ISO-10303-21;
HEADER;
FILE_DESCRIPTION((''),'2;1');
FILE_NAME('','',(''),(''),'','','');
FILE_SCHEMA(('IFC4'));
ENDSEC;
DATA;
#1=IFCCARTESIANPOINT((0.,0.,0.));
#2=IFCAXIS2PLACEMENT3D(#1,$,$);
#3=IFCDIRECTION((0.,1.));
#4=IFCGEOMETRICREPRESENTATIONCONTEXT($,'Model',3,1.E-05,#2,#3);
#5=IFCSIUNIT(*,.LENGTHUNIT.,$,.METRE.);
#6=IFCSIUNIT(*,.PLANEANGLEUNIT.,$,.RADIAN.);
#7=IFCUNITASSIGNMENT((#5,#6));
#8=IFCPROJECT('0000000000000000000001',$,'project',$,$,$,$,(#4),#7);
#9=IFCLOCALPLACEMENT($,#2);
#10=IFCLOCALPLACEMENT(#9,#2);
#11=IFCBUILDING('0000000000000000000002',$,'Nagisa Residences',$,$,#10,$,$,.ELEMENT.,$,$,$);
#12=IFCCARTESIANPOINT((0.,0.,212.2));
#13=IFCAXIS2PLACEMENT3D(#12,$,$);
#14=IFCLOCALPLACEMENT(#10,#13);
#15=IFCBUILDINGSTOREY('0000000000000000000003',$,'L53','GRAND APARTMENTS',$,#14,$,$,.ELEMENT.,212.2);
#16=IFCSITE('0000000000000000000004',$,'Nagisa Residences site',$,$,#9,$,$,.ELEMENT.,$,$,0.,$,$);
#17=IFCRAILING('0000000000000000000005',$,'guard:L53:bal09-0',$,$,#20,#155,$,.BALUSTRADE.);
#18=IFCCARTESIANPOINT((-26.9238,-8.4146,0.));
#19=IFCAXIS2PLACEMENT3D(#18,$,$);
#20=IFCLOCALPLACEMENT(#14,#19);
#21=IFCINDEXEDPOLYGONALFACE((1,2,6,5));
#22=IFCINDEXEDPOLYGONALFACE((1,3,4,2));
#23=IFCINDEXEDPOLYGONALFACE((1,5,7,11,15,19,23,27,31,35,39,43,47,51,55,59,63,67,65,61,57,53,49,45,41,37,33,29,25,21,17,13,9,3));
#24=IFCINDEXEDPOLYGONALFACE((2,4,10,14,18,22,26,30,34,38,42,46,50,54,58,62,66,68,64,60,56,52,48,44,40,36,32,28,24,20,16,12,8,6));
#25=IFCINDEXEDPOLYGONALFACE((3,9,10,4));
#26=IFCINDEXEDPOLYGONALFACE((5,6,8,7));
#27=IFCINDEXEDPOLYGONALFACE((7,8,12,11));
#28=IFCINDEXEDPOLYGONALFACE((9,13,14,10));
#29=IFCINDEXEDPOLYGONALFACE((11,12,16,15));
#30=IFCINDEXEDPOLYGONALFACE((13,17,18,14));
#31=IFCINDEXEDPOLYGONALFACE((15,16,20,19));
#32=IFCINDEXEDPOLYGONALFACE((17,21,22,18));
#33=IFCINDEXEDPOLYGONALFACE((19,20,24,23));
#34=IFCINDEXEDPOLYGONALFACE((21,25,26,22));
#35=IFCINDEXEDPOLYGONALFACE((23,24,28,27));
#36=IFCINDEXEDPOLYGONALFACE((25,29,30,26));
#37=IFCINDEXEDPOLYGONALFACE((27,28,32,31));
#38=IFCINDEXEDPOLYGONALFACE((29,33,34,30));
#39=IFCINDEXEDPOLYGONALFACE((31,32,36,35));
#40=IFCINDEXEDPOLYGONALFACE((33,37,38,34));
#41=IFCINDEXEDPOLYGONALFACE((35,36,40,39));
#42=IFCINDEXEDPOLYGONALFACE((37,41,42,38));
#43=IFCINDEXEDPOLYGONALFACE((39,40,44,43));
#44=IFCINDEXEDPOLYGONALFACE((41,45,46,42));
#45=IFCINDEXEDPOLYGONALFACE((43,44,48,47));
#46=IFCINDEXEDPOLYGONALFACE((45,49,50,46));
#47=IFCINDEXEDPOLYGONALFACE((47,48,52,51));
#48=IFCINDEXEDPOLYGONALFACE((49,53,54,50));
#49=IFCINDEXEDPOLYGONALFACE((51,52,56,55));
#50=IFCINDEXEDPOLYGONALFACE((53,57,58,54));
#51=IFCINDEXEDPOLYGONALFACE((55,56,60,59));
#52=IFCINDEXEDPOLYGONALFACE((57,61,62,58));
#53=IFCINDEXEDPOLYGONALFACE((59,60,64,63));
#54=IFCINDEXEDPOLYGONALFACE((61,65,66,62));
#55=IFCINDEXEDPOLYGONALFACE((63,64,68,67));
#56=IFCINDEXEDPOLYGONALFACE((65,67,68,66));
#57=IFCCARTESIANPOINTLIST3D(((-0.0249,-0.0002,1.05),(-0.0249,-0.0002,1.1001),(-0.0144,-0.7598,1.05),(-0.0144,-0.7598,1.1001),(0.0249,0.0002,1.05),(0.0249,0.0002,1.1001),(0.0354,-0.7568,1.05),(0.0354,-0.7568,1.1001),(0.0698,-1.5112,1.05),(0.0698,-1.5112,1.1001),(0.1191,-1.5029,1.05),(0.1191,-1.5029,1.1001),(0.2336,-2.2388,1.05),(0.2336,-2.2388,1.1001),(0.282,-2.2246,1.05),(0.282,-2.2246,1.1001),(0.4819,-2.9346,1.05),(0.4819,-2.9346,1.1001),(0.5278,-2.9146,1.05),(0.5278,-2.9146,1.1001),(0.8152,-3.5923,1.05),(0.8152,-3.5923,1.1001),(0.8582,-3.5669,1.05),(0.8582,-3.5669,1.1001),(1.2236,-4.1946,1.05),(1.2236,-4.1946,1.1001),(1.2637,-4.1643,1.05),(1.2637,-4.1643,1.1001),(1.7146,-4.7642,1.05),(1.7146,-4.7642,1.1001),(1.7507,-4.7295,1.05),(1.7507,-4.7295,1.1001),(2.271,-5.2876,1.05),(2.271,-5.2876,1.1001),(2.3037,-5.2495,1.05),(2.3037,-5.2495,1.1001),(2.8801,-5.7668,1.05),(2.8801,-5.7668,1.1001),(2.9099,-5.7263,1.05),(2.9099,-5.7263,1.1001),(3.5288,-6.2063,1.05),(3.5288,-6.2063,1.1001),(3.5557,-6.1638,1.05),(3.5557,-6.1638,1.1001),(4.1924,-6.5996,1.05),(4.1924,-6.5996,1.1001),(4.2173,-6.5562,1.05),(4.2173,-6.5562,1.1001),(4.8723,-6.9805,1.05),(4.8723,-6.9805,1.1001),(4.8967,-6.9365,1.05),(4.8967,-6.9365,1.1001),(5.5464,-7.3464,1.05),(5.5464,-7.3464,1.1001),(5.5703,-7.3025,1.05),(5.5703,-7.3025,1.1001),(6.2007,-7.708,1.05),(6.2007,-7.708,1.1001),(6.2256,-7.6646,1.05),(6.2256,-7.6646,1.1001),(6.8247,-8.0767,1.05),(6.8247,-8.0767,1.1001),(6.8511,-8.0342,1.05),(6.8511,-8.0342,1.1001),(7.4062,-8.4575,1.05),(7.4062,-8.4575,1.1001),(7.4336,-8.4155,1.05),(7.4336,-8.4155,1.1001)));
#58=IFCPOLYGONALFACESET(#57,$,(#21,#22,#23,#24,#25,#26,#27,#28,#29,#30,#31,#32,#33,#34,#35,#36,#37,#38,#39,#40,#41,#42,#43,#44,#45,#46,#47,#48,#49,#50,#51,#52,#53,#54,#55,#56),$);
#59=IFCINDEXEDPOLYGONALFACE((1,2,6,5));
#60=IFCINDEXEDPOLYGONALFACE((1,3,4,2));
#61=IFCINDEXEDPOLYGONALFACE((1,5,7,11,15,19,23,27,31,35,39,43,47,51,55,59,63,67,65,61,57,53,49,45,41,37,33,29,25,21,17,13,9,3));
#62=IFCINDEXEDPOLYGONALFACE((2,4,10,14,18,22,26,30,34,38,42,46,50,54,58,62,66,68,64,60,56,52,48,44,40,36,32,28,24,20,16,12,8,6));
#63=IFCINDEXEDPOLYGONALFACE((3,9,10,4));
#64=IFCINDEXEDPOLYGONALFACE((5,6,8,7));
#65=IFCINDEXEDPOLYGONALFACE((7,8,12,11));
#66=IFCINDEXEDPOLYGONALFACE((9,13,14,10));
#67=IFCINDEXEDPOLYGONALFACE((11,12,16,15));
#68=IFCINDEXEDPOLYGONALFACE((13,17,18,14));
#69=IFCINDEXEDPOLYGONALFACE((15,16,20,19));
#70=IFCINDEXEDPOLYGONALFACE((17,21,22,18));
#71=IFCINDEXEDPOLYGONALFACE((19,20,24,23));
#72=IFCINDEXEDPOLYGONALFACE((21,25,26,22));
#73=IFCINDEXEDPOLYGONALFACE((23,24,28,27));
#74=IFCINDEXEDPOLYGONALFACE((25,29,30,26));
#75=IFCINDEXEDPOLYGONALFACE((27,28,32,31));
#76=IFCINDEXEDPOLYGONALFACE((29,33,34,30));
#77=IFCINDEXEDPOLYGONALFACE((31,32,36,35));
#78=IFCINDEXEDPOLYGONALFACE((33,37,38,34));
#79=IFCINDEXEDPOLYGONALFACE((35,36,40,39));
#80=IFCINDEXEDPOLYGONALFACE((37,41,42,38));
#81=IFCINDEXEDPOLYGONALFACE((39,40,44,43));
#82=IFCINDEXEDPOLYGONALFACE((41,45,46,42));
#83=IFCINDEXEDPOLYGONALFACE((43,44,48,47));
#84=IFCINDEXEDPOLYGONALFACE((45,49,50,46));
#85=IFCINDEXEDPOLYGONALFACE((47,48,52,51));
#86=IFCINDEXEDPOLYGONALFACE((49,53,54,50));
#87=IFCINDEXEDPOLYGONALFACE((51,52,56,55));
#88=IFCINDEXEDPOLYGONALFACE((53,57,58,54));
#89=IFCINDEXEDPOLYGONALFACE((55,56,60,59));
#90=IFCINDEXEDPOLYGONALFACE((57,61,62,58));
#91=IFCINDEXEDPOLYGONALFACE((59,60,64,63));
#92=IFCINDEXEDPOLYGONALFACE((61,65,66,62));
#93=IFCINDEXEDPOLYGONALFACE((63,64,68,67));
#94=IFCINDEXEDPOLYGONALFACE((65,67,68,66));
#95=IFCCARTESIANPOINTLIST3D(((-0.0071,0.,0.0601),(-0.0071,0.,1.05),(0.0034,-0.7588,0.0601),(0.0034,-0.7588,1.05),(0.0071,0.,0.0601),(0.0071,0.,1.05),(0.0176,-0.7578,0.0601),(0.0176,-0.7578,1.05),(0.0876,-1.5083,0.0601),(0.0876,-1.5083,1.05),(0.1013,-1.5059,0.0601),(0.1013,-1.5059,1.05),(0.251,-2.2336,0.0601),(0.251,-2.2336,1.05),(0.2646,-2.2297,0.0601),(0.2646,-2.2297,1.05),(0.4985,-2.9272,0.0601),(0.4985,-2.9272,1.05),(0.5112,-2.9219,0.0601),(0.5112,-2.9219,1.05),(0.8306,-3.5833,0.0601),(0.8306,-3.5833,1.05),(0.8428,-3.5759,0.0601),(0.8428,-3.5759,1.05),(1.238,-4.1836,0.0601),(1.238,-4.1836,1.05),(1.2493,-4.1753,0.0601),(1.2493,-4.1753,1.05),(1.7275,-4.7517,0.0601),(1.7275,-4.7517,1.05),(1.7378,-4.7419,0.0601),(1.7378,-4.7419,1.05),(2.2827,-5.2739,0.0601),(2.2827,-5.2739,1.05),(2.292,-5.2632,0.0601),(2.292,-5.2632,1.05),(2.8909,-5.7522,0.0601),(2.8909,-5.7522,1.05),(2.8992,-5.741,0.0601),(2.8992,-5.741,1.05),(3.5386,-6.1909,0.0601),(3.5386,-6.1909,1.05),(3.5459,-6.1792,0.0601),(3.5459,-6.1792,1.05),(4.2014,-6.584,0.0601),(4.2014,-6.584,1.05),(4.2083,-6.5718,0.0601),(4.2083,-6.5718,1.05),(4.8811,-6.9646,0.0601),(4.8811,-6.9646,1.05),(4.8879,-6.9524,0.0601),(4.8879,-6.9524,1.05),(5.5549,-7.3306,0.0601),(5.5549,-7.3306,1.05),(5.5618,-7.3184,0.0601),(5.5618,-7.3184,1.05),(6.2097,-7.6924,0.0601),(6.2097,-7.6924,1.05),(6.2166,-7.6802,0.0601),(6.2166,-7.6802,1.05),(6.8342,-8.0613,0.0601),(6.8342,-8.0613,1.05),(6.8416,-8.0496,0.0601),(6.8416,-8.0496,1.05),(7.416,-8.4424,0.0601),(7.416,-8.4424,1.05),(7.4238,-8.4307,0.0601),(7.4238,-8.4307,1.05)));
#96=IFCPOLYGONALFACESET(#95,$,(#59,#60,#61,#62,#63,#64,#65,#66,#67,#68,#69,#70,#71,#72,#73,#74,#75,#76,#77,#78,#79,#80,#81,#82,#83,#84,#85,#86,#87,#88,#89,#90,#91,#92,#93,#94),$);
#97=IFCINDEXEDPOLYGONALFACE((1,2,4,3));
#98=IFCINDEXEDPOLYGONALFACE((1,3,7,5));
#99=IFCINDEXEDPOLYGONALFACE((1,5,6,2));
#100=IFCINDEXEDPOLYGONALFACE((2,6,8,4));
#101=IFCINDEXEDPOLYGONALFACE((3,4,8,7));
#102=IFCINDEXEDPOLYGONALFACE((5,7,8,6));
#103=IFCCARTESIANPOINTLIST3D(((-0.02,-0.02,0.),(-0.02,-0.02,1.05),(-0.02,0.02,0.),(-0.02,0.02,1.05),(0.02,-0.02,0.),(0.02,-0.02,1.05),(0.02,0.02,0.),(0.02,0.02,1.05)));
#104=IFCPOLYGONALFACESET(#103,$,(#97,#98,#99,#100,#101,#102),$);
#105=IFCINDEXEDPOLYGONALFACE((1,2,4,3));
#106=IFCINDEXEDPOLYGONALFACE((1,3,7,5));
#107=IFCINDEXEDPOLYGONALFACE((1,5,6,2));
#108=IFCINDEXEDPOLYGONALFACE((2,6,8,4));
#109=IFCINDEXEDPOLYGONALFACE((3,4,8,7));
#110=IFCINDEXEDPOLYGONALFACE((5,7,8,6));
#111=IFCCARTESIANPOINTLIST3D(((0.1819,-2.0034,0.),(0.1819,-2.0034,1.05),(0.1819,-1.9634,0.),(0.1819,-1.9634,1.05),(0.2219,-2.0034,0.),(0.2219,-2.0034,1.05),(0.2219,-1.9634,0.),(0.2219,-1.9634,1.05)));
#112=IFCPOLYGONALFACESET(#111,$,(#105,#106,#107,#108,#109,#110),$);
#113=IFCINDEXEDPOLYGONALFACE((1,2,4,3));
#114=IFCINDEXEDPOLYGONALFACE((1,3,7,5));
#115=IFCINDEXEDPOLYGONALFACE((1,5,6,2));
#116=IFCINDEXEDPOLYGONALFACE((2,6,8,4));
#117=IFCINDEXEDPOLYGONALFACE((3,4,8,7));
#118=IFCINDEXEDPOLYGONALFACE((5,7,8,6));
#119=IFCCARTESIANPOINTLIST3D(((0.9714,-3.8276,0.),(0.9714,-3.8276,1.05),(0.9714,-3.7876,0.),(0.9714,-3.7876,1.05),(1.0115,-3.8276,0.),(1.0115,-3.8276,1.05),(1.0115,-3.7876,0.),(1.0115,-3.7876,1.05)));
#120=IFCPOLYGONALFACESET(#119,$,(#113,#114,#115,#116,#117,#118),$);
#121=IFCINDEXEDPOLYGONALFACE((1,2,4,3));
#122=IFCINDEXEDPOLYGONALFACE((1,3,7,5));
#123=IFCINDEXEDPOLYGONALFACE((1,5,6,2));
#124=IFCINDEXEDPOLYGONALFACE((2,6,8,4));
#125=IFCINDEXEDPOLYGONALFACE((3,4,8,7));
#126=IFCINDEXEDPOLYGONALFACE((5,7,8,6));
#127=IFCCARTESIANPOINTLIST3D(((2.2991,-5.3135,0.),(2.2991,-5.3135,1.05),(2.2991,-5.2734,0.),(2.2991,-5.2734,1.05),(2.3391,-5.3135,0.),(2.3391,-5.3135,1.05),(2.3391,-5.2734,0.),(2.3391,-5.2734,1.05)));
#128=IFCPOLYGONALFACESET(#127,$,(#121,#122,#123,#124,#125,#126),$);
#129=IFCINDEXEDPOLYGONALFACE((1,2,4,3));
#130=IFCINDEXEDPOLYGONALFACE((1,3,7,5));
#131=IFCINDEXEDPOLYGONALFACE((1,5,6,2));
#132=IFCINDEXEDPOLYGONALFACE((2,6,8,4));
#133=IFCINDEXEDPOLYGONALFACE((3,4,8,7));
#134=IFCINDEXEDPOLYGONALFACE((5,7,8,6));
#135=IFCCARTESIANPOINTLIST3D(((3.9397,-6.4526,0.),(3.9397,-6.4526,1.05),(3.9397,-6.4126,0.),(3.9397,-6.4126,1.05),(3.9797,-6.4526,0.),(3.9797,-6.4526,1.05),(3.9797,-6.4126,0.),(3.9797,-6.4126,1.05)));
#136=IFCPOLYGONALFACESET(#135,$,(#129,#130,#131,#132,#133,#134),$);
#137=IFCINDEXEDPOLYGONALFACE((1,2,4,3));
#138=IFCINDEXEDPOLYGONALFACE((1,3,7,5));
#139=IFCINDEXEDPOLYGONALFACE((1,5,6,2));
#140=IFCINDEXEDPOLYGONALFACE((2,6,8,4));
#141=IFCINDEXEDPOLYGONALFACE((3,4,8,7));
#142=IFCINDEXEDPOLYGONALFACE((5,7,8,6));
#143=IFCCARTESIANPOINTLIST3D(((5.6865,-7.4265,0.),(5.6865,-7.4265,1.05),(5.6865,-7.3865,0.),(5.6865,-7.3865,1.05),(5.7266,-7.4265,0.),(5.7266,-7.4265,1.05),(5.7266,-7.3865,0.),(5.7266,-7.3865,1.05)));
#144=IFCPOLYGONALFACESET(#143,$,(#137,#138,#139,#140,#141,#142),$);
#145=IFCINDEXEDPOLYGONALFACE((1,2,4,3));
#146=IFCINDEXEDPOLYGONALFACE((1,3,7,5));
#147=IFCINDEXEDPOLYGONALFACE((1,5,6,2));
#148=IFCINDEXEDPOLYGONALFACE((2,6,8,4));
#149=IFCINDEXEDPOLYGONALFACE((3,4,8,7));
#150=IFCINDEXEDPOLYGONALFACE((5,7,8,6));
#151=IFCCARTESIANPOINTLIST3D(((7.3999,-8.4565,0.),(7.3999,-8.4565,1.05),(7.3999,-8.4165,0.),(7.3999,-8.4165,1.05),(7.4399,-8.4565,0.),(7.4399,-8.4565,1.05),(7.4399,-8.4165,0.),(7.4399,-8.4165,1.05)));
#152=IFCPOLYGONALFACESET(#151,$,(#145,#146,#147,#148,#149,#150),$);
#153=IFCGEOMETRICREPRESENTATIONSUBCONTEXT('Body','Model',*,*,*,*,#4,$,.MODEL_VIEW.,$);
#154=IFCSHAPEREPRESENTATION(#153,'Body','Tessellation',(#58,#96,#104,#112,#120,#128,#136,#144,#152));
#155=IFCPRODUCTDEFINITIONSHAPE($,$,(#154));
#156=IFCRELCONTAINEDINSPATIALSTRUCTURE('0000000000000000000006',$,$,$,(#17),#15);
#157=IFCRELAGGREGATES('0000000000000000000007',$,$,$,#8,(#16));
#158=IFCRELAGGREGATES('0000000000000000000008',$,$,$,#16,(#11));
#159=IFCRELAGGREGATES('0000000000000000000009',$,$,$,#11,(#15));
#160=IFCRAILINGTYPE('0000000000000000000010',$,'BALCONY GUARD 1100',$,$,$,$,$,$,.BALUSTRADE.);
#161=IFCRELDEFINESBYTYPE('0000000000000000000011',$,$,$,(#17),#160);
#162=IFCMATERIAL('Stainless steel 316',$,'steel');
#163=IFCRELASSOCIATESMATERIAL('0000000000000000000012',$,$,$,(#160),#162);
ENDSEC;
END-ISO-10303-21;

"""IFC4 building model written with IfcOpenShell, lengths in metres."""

from ifc_helpers import new_model, si_unit, direction, frame, origin, origin_2d, place, context, subcontext, project, spatial, polyline, rectangle, outline, extrude, material, type_object, element, save


model = new_model("IFC4")

# Units and contexts
model_context = context("Model", 3, precision=1e-05, world=origin(), true_north=direction((0.0, 1.0)))
body_context = subcontext(model_context, "Body", "Model", "MODEL_VIEW")
ifc_project = project(units=[si_unit("LENGTHUNIT", "METRE"), si_unit("PLANEANGLEUNIT", "RADIAN")], contexts=[model_context])

# Site, building, storey
site_placement = place(None, origin())
site = spatial("IfcSite", under=ifc_project, at=site_placement, Name="Nagisa Residences site", CompositionType="ELEMENT", RefElevation=0.0)
building_placement = place(site_placement, origin())
building = spatial("IfcBuilding", under=site, at=building_placement, Name="Nagisa Residences", CompositionType="ELEMENT")
storey_placement = place(building_placement, frame((0.0, 0.0, 212.2)))
storey = spatial("IfcBuildingStorey", under=building, at=storey_placement, Name="L53", Description="GRAND APARTMENTS", CompositionType="ELEMENT", Elevation=212.2)

# Railing
ifc_material_1 = material(Name="Stainless steel 316", Category="steel")
railing_type = type_object("IfcRailingType", Name="BALCONY GUARD 1100", PredefinedType="BALUSTRADE", material=ifc_material_1)
railing_placement = place(storey_placement, frame((-26.9238, -8.4146, 0.0)))
element("IfcRailing", 1, at=railing_placement, inside=storey, type_object=railing_type, Name="guard:L53:bal09-0", PredefinedType="BALUSTRADE", context=body_context, shape_type="SweptSolid", body=[
    extrude(outline(polyline([(0.0354, -0.7568), (0.0249, 0.0002), (-0.0249, -0.0002), (-0.0144, -0.7598), (0.0698, -1.5112), (0.2336, -2.2388), (0.4819, -2.9346), (0.8152, -3.5923), (1.2236, -4.1946), (1.7146, -4.7642), (2.271, -5.2876), (2.8801, -5.7668), (3.5288, -6.2063), (4.1924, -6.5996), (4.8723, -6.9805), (5.5464, -7.3464), (6.2007, -7.708), (6.8247, -8.0767), (7.4062, -8.4575), (7.4336, -8.4155), (6.8511, -8.0342), (6.2256, -7.6646), (5.5703, -7.3025), (4.8967, -6.9365), (4.2173, -6.5562), (3.5557, -6.1638), (2.9099, -5.7263), (2.3037, -5.2495), (1.7507, -4.7295), (1.2637, -4.1643), (0.8582, -3.5669), (0.5278, -2.9146), (0.282, -2.2246), (0.1191, -1.5029), (0.0354, -0.7568)])), frame((0.0, 0.0, 1.05)), (0.0, 0.0, 1.0), 0.05),
    extrude(outline(polyline([(0.0176, -0.7578), (0.0071, 0.0), (-0.0071, 0.0), (0.0034, -0.7588), (0.0876, -1.5083), (0.251, -2.2336), (0.4985, -2.9272), (0.8306, -3.5833), (1.238, -4.1836), (1.7275, -4.7517), (2.2827, -5.2739), (2.8909, -5.7522), (3.5386, -6.1909), (4.2014, -6.584), (4.8811, -6.9646), (5.5549, -7.3306), (6.2097, -7.6924), (6.8342, -8.0613), (7.416, -8.4424), (7.4238, -8.4307), (6.8416, -8.0496), (6.2166, -7.6802), (5.5618, -7.3184), (4.8879, -6.9524), (4.2083, -6.5718), (3.5459, -6.1792), (2.8992, -5.741), (2.292, -5.2632), (1.7378, -4.7419), (1.2493, -4.1753), (0.8428, -3.5759), (0.5112, -2.9219), (0.2646, -2.2297), (0.1013, -1.5059), (0.0176, -0.7578)])), frame((0.0, 0.0, 0.0601)), (0.0, 0.0, 1.0), 0.99),
    extrude(rectangle(XDim=0.04, YDim=0.04, at=origin_2d()), origin(), (0.0, 0.0, 1.0), 1.05),
    extrude(rectangle(XDim=0.04, YDim=0.04, at=origin_2d()), frame((0.2019, -1.9834, 0.0)), (0.0, 0.0, 1.0), 1.05),
    extrude(rectangle(XDim=0.04, YDim=0.04, at=origin_2d()), frame((0.9915, -3.8076, 0.0)), (0.0, 0.0, 1.0), 1.05),
    extrude(rectangle(XDim=0.04, YDim=0.04, at=origin_2d()), frame((2.3191, -5.2935, 0.0)), (0.0, 0.0, 1.0), 1.05),
    extrude(rectangle(XDim=0.04, YDim=0.04, at=origin_2d()), frame((3.9597, -6.4326, 0.0)), (0.0, 0.0, 1.0), 1.05),
    extrude(rectangle(XDim=0.04, YDim=0.04, at=origin_2d()), frame((5.7065, -7.4065, 0.0)), (0.0, 0.0, 1.0), 1.05),
    extrude(rectangle(XDim=0.04, YDim=0.04, at=origin_2d()), frame((7.4199, -8.4365, 0.0)), (0.0, 0.0, 1.0), 1.05),
])

save(model, "model.ifc")
